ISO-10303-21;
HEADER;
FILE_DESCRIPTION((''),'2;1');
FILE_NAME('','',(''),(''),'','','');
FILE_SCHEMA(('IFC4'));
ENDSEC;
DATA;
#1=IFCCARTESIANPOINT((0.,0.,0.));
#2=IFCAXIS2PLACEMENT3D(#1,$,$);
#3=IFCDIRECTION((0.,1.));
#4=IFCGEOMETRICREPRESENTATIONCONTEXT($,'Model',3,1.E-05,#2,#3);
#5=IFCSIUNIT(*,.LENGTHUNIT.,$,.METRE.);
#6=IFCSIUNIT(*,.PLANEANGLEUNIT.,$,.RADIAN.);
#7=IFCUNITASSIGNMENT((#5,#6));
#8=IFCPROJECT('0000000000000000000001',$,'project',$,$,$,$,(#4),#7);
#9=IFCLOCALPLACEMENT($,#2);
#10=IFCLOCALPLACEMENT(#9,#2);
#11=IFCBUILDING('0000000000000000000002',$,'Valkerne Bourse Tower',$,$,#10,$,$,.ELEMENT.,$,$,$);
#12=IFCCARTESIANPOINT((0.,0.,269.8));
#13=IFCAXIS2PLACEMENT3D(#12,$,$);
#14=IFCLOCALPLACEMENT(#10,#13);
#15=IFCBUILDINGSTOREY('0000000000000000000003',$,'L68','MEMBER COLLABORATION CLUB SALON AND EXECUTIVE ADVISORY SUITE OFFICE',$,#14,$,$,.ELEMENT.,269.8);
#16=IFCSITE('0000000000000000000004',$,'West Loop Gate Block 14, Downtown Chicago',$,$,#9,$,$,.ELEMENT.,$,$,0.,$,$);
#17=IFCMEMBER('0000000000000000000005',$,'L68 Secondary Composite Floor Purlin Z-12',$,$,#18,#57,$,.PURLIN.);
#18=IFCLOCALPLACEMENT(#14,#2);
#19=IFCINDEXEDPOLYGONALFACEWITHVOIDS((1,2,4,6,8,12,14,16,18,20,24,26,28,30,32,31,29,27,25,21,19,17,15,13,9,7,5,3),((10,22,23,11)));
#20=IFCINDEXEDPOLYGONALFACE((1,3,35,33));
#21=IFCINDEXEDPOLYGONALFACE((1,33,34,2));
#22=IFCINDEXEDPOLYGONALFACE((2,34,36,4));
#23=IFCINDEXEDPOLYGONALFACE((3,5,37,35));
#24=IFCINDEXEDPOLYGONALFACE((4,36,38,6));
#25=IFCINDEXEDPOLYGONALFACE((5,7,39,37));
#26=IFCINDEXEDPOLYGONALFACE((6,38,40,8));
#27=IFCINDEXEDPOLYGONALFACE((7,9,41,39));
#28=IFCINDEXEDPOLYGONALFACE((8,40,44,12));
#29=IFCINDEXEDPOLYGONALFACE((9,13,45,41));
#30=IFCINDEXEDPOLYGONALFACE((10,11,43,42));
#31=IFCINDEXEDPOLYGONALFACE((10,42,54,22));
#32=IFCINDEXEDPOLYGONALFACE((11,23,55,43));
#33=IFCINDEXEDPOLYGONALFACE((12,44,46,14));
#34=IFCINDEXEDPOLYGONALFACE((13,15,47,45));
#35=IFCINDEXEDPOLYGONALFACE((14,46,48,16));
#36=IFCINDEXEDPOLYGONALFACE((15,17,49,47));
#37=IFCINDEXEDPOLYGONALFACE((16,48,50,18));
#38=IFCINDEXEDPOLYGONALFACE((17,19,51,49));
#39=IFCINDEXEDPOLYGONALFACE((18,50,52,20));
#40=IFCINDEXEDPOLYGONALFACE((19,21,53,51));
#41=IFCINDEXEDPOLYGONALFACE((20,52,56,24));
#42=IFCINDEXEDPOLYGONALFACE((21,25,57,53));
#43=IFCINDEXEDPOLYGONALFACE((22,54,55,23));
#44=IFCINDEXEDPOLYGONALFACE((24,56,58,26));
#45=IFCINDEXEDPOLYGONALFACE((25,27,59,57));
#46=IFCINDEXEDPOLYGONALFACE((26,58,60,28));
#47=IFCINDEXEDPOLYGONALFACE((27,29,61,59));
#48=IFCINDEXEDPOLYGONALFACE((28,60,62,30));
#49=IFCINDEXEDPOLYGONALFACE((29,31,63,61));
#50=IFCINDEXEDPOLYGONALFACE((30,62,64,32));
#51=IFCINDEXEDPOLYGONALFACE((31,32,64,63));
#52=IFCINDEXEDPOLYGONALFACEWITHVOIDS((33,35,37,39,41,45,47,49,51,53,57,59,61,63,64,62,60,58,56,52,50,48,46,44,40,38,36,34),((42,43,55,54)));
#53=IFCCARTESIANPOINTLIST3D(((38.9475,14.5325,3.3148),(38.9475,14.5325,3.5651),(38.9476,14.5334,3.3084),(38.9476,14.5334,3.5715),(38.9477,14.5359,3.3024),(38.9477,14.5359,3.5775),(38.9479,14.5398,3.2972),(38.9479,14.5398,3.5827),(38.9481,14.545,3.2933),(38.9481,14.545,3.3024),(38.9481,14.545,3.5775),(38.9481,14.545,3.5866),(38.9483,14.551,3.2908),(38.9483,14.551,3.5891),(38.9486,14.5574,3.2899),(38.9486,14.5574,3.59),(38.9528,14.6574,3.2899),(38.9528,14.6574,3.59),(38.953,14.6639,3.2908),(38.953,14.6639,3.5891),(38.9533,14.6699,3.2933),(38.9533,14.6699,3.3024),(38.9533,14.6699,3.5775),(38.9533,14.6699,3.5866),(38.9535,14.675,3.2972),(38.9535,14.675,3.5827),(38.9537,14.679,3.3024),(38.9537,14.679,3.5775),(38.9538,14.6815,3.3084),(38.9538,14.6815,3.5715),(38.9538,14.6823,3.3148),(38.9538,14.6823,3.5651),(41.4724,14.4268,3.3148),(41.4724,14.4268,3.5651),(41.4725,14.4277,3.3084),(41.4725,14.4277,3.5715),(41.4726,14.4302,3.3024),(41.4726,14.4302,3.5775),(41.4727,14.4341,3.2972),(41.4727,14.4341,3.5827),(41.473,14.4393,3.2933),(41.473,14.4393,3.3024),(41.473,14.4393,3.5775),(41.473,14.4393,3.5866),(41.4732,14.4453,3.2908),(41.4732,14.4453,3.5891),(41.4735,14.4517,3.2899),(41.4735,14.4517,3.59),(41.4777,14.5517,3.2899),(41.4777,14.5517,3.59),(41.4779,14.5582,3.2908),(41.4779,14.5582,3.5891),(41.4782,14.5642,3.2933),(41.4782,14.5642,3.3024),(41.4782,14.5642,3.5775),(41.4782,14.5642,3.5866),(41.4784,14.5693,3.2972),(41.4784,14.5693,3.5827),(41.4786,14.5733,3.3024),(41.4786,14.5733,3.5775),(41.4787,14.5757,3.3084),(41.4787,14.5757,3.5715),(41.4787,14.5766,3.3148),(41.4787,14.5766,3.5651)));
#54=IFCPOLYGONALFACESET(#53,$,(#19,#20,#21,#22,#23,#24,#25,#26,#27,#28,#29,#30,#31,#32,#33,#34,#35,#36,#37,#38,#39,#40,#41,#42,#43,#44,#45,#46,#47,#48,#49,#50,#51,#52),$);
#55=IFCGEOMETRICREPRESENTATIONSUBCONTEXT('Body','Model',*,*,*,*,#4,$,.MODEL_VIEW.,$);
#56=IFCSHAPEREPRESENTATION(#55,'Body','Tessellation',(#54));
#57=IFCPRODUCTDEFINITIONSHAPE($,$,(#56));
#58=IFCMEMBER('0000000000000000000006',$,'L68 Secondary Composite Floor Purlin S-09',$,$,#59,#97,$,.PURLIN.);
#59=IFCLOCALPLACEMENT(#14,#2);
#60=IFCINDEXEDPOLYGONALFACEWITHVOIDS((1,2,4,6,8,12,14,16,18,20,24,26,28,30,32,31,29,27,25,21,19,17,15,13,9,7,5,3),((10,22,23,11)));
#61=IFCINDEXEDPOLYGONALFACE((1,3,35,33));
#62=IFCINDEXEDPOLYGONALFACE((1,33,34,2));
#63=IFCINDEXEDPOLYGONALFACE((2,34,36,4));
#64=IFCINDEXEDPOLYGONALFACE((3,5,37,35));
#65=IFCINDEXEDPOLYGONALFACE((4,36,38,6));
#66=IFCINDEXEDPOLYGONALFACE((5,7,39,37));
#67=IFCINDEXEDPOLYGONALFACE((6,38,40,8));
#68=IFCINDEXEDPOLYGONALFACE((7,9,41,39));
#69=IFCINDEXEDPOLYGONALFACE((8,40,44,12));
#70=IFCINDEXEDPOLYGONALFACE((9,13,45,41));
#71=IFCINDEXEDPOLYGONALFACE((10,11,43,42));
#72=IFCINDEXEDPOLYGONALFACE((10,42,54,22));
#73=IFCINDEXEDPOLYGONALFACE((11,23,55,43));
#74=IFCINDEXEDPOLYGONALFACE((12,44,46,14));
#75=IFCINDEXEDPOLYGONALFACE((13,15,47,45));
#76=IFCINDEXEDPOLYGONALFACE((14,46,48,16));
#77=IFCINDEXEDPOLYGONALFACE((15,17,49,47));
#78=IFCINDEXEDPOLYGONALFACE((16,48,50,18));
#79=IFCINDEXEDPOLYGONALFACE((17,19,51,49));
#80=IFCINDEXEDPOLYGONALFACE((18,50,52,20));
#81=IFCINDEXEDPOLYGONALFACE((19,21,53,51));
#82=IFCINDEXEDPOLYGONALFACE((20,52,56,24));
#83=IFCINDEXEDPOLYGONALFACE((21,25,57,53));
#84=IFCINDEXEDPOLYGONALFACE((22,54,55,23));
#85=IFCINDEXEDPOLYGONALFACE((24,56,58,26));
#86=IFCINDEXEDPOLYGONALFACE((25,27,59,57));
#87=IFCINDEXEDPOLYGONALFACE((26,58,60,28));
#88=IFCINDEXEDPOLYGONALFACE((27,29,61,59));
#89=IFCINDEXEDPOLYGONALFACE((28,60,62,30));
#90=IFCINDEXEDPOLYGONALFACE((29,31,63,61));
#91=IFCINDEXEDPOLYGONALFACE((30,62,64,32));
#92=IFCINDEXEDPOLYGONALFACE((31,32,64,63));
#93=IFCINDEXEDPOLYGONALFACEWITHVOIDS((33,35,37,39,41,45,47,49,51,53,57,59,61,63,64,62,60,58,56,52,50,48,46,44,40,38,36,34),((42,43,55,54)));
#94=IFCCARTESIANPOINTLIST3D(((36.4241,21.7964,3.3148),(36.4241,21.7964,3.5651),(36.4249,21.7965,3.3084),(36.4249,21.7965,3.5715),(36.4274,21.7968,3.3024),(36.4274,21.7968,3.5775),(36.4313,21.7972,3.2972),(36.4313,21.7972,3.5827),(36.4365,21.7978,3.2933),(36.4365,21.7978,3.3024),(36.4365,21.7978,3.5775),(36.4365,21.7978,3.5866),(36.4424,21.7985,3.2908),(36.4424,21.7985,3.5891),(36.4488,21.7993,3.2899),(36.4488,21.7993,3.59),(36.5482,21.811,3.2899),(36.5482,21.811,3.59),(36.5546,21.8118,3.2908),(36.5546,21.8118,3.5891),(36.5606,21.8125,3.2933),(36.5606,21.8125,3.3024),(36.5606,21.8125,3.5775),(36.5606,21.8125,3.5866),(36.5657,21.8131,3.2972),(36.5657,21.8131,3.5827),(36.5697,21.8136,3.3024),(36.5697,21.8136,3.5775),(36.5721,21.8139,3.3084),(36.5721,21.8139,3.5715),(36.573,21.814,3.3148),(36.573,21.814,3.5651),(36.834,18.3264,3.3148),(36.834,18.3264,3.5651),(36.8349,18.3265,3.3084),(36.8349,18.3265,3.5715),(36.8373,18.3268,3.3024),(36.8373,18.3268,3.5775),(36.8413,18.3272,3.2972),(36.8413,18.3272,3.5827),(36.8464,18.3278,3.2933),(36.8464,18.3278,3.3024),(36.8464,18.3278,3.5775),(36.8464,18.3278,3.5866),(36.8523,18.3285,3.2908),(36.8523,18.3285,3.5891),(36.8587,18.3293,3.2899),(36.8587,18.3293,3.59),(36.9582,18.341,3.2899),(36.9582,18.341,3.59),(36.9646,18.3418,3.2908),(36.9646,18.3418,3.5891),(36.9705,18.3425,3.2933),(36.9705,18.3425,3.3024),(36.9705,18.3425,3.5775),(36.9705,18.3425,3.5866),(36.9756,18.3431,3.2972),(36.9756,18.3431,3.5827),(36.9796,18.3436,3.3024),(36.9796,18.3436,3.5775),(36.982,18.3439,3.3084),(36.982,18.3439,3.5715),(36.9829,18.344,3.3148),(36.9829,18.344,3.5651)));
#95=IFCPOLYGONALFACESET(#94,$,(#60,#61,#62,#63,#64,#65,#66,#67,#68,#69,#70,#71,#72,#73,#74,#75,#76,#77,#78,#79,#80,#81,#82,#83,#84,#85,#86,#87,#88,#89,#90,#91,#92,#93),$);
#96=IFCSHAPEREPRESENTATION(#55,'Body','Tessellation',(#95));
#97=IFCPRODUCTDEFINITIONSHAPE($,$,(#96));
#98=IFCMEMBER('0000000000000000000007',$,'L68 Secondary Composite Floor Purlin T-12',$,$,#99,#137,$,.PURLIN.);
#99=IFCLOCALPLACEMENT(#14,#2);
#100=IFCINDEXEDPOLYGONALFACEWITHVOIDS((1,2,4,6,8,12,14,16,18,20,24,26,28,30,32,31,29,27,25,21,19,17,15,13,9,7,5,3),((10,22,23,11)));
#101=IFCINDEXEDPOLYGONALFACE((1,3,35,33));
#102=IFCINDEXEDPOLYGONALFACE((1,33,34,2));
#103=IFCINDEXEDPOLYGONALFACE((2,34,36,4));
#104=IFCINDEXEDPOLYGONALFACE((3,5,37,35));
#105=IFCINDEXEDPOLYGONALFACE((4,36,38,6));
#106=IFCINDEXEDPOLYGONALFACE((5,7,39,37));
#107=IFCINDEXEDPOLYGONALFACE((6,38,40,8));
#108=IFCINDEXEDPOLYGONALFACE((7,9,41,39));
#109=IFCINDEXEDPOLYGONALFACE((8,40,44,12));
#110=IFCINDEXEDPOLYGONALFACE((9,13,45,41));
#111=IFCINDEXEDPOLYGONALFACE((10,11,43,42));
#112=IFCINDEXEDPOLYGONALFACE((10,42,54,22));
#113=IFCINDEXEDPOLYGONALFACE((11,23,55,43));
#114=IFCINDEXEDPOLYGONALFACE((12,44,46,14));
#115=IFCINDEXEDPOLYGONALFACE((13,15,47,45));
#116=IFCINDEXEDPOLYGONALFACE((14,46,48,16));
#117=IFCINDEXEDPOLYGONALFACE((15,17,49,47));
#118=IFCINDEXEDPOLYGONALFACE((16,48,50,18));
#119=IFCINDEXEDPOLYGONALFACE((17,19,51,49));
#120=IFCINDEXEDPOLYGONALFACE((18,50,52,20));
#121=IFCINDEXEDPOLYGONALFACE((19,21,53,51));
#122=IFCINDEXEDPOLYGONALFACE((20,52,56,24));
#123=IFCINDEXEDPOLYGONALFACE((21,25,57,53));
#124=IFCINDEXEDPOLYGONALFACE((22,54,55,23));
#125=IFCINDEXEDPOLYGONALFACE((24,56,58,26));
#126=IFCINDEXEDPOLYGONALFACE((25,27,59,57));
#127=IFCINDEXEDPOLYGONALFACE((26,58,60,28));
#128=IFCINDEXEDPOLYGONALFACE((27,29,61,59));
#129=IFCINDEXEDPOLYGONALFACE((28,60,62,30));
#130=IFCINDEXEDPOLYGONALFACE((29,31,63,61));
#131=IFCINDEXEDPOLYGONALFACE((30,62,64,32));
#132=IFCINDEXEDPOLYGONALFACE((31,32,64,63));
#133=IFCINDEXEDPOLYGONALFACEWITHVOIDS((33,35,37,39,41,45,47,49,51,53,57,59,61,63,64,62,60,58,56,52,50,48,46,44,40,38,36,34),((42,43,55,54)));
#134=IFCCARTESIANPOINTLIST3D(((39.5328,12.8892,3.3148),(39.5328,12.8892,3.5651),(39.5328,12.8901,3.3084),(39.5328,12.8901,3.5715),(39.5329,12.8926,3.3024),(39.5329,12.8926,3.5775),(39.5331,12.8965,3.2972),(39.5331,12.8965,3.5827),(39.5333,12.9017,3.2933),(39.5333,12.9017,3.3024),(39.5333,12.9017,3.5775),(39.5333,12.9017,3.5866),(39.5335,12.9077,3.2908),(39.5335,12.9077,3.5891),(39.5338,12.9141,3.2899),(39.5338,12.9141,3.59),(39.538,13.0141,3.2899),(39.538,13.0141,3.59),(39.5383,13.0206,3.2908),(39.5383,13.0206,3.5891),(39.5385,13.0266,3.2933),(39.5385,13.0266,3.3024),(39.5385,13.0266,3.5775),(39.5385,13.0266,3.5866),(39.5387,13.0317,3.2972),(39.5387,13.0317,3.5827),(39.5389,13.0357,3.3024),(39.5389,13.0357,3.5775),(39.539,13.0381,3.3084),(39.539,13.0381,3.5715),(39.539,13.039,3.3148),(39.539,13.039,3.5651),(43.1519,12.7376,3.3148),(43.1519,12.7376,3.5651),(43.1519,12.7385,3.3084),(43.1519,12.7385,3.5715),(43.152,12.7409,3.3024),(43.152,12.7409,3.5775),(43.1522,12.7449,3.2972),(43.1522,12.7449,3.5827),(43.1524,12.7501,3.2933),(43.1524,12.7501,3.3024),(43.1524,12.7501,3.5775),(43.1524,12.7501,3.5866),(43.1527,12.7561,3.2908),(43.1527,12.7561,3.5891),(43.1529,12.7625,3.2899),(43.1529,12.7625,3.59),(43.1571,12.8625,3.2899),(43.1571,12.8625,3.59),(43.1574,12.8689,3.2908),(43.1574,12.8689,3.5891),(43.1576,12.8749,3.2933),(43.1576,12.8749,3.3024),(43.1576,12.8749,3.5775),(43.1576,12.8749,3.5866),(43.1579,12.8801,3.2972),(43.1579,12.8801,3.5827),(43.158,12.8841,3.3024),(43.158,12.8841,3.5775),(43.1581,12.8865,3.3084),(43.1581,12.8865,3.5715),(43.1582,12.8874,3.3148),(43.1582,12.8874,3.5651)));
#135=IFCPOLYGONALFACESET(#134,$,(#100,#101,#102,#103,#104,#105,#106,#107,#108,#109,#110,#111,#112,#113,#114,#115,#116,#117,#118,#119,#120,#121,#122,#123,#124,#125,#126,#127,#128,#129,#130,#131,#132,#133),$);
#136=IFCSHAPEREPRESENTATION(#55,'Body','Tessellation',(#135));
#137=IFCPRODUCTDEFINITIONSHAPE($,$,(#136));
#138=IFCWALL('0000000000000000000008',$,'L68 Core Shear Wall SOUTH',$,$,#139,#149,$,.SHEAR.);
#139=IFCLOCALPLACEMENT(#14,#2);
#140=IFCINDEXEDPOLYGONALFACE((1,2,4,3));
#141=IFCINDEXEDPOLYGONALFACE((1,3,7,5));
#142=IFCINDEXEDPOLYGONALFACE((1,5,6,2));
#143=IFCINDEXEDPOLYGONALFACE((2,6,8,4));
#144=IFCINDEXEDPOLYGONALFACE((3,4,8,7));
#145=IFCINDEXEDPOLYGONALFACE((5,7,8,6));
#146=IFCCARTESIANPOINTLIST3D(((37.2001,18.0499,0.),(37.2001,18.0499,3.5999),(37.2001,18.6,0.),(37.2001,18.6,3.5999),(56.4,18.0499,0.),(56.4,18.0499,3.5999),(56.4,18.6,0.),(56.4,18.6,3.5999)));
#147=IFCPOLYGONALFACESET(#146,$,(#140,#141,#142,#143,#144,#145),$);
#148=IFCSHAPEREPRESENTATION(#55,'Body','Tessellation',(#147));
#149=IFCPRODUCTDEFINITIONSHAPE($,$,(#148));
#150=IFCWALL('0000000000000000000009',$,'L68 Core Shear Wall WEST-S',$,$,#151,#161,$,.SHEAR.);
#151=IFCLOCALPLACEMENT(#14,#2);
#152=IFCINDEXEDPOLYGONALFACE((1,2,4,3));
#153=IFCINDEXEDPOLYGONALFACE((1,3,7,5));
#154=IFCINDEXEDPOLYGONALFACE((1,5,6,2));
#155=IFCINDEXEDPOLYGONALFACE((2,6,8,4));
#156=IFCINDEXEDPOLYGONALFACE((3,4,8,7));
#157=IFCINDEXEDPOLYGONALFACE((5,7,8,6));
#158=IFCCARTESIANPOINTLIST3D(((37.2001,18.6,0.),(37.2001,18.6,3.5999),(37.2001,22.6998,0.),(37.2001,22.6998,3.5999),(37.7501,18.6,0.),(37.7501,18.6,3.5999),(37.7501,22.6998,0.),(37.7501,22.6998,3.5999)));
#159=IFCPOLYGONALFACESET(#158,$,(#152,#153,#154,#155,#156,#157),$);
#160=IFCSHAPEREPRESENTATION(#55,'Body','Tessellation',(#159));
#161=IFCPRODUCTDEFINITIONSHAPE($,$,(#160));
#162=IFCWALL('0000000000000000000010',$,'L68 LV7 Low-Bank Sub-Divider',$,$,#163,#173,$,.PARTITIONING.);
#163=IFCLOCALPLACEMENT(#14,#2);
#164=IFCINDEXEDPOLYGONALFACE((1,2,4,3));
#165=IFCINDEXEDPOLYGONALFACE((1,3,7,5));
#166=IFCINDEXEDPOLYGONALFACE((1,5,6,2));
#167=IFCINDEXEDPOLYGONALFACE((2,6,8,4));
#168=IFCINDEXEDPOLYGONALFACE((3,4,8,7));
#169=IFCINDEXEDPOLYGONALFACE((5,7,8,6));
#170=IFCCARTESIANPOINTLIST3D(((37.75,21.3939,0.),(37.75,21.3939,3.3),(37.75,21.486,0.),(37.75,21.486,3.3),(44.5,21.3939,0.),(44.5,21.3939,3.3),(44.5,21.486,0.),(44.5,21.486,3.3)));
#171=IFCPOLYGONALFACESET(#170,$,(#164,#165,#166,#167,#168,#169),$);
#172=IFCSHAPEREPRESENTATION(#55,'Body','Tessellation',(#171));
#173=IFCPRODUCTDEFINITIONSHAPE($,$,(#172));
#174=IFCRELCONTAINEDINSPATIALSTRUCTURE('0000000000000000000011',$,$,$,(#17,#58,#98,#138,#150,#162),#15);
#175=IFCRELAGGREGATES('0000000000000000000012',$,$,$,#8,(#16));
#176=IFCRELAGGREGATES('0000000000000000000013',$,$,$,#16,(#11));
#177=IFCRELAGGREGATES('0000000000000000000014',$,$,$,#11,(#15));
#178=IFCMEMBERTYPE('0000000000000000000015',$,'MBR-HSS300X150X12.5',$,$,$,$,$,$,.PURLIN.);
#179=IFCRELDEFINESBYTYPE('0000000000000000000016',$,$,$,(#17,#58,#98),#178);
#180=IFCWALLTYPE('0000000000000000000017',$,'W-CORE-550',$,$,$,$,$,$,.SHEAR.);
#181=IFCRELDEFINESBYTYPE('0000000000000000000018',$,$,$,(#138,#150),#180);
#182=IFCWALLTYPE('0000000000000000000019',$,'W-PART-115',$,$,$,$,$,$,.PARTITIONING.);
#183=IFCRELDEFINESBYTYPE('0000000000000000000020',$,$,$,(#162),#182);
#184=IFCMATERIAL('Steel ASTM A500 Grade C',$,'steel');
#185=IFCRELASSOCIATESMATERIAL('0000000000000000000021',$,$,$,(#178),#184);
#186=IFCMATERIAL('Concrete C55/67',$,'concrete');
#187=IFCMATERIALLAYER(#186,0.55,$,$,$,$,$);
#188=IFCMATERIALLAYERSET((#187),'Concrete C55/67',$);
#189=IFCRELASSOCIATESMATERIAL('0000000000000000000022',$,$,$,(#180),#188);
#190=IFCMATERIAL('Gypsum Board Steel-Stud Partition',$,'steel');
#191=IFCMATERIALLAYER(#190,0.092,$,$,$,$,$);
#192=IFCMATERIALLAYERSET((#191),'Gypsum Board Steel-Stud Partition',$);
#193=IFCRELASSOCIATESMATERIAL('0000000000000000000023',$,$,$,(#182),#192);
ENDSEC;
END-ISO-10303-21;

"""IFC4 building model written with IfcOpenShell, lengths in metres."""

from ifc_helpers import new_model, si_unit, direction, frame, frame_2d, origin, origin_2d, place, context, subcontext, project, spatial, rectangle, hollow_rectangle, extrude, material, layer, layer_set, material_profile, profile_set, type_object, element, save


model = new_model("IFC4")

# Units and contexts
model_context = context("Model", 3, precision=1e-05, world=origin(), true_north=direction((0.0, 1.0)))
body_context = subcontext(model_context, "Body", "Model", "MODEL_VIEW")
ifc_project = project(units=[si_unit("LENGTHUNIT", "METRE"), si_unit("PLANEANGLEUNIT", "RADIAN")], contexts=[model_context])

# Site, building, storey
site_placement = place(None, origin())
site = spatial("IfcSite", under=ifc_project, at=site_placement, Name="West Loop Gate Block 14, Downtown Chicago", CompositionType="ELEMENT", RefElevation=0.0)
building_placement = place(site_placement, origin())
building = spatial("IfcBuilding", under=site, at=building_placement, Name="Valkerne Bourse Tower", CompositionType="ELEMENT")
storey_placement = place(building_placement, frame((0.0, 0.0, 269.8)))
storey = spatial("IfcBuildingStorey", under=building, at=storey_placement, Name="L68", Description="MEMBER COLLABORATION CLUB SALON AND EXECUTIVE ADVISORY SUITE OFFICE", CompositionType="ELEMENT", Elevation=269.8)

# Members
ifc_material_1 = material(Name="Steel ASTM A500 Grade C", Category="steel")
ifc_material_profile_1 = material_profile(ifc_material_1, hollow_rectangle(XDim=0.1499, YDim=0.3, WallThickness=0.0125, OuterFilletRadius=0.0249, at=origin_2d()), Name="HSS300X150X12.5")
ifc_profile_set_1 = profile_set([ifc_material_profile_1], Name="Steel ASTM A500 Grade C")
member_type_1 = type_object("IfcMemberType", Name="MBR-HSS300X150X12.5", PredefinedType="PURLIN", material=ifc_profile_set_1)
member_1_placement = place(storey_placement, frame((38.9507, 14.6074, 3.4399), z_axis=(0.999125, -0.041831, 0.0), x_axis=(0.041831, 0.999125, 0.0)))
element("IfcMember", 1, at=member_1_placement, inside=storey, type_object=member_type_1, Name="L68 Secondary Composite Floor Purlin Z-12", PredefinedType="PURLIN", context=body_context, shape_type="SweptSolid", body=[
    extrude(hollow_rectangle(XDim=0.1499, YDim=0.3, WallThickness=0.0125, OuterFilletRadius=0.0249, at=origin_2d()), origin(), (0.0, 0.0, 1.0), 2.5271),
])
member_2_placement = place(storey_placement, frame((36.4985, 21.8052, 3.4399), z_axis=(0.117316, -0.993095, 0.0), x_axis=(0.993095, 0.117316, 0.0)))
element("IfcMember", 2, at=member_2_placement, inside=storey, type_object=member_type_1, Name="L68 Secondary Composite Floor Purlin S-09", PredefinedType="PURLIN", context=body_context, shape_type="SweptSolid", body=[
    extrude(hollow_rectangle(XDim=0.1499, YDim=0.3, WallThickness=0.0125, OuterFilletRadius=0.0249, at=origin_2d()), origin(), (0.0, 0.0, 1.0), 3.4941),
])
member_3_placement = place(storey_placement, frame((39.5359, 12.9641, 3.4399), z_axis=(0.999124, -0.041855, 0.0), x_axis=(0.041855, 0.999124, 0.0)))
element("IfcMember", 3, at=member_3_placement, inside=storey, type_object=member_type_1, Name="L68 Secondary Composite Floor Purlin T-12", PredefinedType="PURLIN", context=body_context, shape_type="SweptSolid", body=[
    extrude(hollow_rectangle(XDim=0.1499, YDim=0.3, WallThickness=0.0125, OuterFilletRadius=0.0249, at=origin_2d()), origin(), (0.0, 0.0, 1.0), 3.6223),
])

# Walls
ifc_material_2 = material(Name="Concrete C55/67", Category="concrete")
ifc_layer_1 = layer(ifc_material_2, 0.55)
ifc_layer_set_1 = layer_set([ifc_layer_1], Name="Concrete C55/67")
wall_type_1 = type_object("IfcWallType", Name="W-CORE-550", PredefinedType="SHEAR", material=ifc_layer_set_1)
wall_1_placement = place(storey_placement, frame((37.2, 18.325, 0.0), z_axis=(0.0, 0.0, 1.0), x_axis=(1.0, 0.0, 0.0)))
element("IfcWall", 4, at=wall_1_placement, inside=storey, type_object=wall_type_1, Name="L68 Core Shear Wall SOUTH", PredefinedType="SHEAR", context=body_context, shape_type="SweptSolid", body=[
    extrude(rectangle(XDim=19.2, YDim=0.55, at=frame_2d((9.6001, 0.0))), origin(), (0.0, 0.0, 1.0), 3.5999),
])
wall_2_placement = place(storey_placement, frame((37.4751, 18.6001, 0.0), z_axis=(0.0, 0.0, 1.0), x_axis=(0.0, 1.0, 0.0)))
element("IfcWall", 5, at=wall_2_placement, inside=storey, type_object=wall_type_1, Name="L68 Core Shear Wall WEST-S", PredefinedType="SHEAR", context=body_context, shape_type="SweptSolid", body=[
    extrude(rectangle(XDim=4.0999, YDim=0.55, at=frame_2d((2.0498, 0.0))), origin(), (0.0, 0.0, 1.0), 3.5999),
])
ifc_material_3 = material(Name="Gypsum Board Steel-Stud Partition", Category="steel")
ifc_layer_2 = layer(ifc_material_3, 0.092)
ifc_layer_set_2 = layer_set([ifc_layer_2], Name="Gypsum Board Steel-Stud Partition")
wall_type_2 = type_object("IfcWallType", Name="W-PART-115", PredefinedType="PARTITIONING", material=ifc_layer_set_2)
wall_3_placement = place(storey_placement, frame((37.75, 21.4399, 0.0), z_axis=(0.0, 0.0, 1.0), x_axis=(1.0, 0.0, 0.0)))
element("IfcWall", 6, at=wall_3_placement, inside=storey, type_object=wall_type_2, Name="L68 LV7 Low-Bank Sub-Divider", PredefinedType="PARTITIONING", context=body_context, shape_type="SweptSolid", body=[
    extrude(rectangle(XDim=6.75, YDim=0.092, at=frame_2d((3.375, 0.0))), origin(), (0.0, 0.0, 1.0), 3.3),
])

save(model, "model.ifc")
